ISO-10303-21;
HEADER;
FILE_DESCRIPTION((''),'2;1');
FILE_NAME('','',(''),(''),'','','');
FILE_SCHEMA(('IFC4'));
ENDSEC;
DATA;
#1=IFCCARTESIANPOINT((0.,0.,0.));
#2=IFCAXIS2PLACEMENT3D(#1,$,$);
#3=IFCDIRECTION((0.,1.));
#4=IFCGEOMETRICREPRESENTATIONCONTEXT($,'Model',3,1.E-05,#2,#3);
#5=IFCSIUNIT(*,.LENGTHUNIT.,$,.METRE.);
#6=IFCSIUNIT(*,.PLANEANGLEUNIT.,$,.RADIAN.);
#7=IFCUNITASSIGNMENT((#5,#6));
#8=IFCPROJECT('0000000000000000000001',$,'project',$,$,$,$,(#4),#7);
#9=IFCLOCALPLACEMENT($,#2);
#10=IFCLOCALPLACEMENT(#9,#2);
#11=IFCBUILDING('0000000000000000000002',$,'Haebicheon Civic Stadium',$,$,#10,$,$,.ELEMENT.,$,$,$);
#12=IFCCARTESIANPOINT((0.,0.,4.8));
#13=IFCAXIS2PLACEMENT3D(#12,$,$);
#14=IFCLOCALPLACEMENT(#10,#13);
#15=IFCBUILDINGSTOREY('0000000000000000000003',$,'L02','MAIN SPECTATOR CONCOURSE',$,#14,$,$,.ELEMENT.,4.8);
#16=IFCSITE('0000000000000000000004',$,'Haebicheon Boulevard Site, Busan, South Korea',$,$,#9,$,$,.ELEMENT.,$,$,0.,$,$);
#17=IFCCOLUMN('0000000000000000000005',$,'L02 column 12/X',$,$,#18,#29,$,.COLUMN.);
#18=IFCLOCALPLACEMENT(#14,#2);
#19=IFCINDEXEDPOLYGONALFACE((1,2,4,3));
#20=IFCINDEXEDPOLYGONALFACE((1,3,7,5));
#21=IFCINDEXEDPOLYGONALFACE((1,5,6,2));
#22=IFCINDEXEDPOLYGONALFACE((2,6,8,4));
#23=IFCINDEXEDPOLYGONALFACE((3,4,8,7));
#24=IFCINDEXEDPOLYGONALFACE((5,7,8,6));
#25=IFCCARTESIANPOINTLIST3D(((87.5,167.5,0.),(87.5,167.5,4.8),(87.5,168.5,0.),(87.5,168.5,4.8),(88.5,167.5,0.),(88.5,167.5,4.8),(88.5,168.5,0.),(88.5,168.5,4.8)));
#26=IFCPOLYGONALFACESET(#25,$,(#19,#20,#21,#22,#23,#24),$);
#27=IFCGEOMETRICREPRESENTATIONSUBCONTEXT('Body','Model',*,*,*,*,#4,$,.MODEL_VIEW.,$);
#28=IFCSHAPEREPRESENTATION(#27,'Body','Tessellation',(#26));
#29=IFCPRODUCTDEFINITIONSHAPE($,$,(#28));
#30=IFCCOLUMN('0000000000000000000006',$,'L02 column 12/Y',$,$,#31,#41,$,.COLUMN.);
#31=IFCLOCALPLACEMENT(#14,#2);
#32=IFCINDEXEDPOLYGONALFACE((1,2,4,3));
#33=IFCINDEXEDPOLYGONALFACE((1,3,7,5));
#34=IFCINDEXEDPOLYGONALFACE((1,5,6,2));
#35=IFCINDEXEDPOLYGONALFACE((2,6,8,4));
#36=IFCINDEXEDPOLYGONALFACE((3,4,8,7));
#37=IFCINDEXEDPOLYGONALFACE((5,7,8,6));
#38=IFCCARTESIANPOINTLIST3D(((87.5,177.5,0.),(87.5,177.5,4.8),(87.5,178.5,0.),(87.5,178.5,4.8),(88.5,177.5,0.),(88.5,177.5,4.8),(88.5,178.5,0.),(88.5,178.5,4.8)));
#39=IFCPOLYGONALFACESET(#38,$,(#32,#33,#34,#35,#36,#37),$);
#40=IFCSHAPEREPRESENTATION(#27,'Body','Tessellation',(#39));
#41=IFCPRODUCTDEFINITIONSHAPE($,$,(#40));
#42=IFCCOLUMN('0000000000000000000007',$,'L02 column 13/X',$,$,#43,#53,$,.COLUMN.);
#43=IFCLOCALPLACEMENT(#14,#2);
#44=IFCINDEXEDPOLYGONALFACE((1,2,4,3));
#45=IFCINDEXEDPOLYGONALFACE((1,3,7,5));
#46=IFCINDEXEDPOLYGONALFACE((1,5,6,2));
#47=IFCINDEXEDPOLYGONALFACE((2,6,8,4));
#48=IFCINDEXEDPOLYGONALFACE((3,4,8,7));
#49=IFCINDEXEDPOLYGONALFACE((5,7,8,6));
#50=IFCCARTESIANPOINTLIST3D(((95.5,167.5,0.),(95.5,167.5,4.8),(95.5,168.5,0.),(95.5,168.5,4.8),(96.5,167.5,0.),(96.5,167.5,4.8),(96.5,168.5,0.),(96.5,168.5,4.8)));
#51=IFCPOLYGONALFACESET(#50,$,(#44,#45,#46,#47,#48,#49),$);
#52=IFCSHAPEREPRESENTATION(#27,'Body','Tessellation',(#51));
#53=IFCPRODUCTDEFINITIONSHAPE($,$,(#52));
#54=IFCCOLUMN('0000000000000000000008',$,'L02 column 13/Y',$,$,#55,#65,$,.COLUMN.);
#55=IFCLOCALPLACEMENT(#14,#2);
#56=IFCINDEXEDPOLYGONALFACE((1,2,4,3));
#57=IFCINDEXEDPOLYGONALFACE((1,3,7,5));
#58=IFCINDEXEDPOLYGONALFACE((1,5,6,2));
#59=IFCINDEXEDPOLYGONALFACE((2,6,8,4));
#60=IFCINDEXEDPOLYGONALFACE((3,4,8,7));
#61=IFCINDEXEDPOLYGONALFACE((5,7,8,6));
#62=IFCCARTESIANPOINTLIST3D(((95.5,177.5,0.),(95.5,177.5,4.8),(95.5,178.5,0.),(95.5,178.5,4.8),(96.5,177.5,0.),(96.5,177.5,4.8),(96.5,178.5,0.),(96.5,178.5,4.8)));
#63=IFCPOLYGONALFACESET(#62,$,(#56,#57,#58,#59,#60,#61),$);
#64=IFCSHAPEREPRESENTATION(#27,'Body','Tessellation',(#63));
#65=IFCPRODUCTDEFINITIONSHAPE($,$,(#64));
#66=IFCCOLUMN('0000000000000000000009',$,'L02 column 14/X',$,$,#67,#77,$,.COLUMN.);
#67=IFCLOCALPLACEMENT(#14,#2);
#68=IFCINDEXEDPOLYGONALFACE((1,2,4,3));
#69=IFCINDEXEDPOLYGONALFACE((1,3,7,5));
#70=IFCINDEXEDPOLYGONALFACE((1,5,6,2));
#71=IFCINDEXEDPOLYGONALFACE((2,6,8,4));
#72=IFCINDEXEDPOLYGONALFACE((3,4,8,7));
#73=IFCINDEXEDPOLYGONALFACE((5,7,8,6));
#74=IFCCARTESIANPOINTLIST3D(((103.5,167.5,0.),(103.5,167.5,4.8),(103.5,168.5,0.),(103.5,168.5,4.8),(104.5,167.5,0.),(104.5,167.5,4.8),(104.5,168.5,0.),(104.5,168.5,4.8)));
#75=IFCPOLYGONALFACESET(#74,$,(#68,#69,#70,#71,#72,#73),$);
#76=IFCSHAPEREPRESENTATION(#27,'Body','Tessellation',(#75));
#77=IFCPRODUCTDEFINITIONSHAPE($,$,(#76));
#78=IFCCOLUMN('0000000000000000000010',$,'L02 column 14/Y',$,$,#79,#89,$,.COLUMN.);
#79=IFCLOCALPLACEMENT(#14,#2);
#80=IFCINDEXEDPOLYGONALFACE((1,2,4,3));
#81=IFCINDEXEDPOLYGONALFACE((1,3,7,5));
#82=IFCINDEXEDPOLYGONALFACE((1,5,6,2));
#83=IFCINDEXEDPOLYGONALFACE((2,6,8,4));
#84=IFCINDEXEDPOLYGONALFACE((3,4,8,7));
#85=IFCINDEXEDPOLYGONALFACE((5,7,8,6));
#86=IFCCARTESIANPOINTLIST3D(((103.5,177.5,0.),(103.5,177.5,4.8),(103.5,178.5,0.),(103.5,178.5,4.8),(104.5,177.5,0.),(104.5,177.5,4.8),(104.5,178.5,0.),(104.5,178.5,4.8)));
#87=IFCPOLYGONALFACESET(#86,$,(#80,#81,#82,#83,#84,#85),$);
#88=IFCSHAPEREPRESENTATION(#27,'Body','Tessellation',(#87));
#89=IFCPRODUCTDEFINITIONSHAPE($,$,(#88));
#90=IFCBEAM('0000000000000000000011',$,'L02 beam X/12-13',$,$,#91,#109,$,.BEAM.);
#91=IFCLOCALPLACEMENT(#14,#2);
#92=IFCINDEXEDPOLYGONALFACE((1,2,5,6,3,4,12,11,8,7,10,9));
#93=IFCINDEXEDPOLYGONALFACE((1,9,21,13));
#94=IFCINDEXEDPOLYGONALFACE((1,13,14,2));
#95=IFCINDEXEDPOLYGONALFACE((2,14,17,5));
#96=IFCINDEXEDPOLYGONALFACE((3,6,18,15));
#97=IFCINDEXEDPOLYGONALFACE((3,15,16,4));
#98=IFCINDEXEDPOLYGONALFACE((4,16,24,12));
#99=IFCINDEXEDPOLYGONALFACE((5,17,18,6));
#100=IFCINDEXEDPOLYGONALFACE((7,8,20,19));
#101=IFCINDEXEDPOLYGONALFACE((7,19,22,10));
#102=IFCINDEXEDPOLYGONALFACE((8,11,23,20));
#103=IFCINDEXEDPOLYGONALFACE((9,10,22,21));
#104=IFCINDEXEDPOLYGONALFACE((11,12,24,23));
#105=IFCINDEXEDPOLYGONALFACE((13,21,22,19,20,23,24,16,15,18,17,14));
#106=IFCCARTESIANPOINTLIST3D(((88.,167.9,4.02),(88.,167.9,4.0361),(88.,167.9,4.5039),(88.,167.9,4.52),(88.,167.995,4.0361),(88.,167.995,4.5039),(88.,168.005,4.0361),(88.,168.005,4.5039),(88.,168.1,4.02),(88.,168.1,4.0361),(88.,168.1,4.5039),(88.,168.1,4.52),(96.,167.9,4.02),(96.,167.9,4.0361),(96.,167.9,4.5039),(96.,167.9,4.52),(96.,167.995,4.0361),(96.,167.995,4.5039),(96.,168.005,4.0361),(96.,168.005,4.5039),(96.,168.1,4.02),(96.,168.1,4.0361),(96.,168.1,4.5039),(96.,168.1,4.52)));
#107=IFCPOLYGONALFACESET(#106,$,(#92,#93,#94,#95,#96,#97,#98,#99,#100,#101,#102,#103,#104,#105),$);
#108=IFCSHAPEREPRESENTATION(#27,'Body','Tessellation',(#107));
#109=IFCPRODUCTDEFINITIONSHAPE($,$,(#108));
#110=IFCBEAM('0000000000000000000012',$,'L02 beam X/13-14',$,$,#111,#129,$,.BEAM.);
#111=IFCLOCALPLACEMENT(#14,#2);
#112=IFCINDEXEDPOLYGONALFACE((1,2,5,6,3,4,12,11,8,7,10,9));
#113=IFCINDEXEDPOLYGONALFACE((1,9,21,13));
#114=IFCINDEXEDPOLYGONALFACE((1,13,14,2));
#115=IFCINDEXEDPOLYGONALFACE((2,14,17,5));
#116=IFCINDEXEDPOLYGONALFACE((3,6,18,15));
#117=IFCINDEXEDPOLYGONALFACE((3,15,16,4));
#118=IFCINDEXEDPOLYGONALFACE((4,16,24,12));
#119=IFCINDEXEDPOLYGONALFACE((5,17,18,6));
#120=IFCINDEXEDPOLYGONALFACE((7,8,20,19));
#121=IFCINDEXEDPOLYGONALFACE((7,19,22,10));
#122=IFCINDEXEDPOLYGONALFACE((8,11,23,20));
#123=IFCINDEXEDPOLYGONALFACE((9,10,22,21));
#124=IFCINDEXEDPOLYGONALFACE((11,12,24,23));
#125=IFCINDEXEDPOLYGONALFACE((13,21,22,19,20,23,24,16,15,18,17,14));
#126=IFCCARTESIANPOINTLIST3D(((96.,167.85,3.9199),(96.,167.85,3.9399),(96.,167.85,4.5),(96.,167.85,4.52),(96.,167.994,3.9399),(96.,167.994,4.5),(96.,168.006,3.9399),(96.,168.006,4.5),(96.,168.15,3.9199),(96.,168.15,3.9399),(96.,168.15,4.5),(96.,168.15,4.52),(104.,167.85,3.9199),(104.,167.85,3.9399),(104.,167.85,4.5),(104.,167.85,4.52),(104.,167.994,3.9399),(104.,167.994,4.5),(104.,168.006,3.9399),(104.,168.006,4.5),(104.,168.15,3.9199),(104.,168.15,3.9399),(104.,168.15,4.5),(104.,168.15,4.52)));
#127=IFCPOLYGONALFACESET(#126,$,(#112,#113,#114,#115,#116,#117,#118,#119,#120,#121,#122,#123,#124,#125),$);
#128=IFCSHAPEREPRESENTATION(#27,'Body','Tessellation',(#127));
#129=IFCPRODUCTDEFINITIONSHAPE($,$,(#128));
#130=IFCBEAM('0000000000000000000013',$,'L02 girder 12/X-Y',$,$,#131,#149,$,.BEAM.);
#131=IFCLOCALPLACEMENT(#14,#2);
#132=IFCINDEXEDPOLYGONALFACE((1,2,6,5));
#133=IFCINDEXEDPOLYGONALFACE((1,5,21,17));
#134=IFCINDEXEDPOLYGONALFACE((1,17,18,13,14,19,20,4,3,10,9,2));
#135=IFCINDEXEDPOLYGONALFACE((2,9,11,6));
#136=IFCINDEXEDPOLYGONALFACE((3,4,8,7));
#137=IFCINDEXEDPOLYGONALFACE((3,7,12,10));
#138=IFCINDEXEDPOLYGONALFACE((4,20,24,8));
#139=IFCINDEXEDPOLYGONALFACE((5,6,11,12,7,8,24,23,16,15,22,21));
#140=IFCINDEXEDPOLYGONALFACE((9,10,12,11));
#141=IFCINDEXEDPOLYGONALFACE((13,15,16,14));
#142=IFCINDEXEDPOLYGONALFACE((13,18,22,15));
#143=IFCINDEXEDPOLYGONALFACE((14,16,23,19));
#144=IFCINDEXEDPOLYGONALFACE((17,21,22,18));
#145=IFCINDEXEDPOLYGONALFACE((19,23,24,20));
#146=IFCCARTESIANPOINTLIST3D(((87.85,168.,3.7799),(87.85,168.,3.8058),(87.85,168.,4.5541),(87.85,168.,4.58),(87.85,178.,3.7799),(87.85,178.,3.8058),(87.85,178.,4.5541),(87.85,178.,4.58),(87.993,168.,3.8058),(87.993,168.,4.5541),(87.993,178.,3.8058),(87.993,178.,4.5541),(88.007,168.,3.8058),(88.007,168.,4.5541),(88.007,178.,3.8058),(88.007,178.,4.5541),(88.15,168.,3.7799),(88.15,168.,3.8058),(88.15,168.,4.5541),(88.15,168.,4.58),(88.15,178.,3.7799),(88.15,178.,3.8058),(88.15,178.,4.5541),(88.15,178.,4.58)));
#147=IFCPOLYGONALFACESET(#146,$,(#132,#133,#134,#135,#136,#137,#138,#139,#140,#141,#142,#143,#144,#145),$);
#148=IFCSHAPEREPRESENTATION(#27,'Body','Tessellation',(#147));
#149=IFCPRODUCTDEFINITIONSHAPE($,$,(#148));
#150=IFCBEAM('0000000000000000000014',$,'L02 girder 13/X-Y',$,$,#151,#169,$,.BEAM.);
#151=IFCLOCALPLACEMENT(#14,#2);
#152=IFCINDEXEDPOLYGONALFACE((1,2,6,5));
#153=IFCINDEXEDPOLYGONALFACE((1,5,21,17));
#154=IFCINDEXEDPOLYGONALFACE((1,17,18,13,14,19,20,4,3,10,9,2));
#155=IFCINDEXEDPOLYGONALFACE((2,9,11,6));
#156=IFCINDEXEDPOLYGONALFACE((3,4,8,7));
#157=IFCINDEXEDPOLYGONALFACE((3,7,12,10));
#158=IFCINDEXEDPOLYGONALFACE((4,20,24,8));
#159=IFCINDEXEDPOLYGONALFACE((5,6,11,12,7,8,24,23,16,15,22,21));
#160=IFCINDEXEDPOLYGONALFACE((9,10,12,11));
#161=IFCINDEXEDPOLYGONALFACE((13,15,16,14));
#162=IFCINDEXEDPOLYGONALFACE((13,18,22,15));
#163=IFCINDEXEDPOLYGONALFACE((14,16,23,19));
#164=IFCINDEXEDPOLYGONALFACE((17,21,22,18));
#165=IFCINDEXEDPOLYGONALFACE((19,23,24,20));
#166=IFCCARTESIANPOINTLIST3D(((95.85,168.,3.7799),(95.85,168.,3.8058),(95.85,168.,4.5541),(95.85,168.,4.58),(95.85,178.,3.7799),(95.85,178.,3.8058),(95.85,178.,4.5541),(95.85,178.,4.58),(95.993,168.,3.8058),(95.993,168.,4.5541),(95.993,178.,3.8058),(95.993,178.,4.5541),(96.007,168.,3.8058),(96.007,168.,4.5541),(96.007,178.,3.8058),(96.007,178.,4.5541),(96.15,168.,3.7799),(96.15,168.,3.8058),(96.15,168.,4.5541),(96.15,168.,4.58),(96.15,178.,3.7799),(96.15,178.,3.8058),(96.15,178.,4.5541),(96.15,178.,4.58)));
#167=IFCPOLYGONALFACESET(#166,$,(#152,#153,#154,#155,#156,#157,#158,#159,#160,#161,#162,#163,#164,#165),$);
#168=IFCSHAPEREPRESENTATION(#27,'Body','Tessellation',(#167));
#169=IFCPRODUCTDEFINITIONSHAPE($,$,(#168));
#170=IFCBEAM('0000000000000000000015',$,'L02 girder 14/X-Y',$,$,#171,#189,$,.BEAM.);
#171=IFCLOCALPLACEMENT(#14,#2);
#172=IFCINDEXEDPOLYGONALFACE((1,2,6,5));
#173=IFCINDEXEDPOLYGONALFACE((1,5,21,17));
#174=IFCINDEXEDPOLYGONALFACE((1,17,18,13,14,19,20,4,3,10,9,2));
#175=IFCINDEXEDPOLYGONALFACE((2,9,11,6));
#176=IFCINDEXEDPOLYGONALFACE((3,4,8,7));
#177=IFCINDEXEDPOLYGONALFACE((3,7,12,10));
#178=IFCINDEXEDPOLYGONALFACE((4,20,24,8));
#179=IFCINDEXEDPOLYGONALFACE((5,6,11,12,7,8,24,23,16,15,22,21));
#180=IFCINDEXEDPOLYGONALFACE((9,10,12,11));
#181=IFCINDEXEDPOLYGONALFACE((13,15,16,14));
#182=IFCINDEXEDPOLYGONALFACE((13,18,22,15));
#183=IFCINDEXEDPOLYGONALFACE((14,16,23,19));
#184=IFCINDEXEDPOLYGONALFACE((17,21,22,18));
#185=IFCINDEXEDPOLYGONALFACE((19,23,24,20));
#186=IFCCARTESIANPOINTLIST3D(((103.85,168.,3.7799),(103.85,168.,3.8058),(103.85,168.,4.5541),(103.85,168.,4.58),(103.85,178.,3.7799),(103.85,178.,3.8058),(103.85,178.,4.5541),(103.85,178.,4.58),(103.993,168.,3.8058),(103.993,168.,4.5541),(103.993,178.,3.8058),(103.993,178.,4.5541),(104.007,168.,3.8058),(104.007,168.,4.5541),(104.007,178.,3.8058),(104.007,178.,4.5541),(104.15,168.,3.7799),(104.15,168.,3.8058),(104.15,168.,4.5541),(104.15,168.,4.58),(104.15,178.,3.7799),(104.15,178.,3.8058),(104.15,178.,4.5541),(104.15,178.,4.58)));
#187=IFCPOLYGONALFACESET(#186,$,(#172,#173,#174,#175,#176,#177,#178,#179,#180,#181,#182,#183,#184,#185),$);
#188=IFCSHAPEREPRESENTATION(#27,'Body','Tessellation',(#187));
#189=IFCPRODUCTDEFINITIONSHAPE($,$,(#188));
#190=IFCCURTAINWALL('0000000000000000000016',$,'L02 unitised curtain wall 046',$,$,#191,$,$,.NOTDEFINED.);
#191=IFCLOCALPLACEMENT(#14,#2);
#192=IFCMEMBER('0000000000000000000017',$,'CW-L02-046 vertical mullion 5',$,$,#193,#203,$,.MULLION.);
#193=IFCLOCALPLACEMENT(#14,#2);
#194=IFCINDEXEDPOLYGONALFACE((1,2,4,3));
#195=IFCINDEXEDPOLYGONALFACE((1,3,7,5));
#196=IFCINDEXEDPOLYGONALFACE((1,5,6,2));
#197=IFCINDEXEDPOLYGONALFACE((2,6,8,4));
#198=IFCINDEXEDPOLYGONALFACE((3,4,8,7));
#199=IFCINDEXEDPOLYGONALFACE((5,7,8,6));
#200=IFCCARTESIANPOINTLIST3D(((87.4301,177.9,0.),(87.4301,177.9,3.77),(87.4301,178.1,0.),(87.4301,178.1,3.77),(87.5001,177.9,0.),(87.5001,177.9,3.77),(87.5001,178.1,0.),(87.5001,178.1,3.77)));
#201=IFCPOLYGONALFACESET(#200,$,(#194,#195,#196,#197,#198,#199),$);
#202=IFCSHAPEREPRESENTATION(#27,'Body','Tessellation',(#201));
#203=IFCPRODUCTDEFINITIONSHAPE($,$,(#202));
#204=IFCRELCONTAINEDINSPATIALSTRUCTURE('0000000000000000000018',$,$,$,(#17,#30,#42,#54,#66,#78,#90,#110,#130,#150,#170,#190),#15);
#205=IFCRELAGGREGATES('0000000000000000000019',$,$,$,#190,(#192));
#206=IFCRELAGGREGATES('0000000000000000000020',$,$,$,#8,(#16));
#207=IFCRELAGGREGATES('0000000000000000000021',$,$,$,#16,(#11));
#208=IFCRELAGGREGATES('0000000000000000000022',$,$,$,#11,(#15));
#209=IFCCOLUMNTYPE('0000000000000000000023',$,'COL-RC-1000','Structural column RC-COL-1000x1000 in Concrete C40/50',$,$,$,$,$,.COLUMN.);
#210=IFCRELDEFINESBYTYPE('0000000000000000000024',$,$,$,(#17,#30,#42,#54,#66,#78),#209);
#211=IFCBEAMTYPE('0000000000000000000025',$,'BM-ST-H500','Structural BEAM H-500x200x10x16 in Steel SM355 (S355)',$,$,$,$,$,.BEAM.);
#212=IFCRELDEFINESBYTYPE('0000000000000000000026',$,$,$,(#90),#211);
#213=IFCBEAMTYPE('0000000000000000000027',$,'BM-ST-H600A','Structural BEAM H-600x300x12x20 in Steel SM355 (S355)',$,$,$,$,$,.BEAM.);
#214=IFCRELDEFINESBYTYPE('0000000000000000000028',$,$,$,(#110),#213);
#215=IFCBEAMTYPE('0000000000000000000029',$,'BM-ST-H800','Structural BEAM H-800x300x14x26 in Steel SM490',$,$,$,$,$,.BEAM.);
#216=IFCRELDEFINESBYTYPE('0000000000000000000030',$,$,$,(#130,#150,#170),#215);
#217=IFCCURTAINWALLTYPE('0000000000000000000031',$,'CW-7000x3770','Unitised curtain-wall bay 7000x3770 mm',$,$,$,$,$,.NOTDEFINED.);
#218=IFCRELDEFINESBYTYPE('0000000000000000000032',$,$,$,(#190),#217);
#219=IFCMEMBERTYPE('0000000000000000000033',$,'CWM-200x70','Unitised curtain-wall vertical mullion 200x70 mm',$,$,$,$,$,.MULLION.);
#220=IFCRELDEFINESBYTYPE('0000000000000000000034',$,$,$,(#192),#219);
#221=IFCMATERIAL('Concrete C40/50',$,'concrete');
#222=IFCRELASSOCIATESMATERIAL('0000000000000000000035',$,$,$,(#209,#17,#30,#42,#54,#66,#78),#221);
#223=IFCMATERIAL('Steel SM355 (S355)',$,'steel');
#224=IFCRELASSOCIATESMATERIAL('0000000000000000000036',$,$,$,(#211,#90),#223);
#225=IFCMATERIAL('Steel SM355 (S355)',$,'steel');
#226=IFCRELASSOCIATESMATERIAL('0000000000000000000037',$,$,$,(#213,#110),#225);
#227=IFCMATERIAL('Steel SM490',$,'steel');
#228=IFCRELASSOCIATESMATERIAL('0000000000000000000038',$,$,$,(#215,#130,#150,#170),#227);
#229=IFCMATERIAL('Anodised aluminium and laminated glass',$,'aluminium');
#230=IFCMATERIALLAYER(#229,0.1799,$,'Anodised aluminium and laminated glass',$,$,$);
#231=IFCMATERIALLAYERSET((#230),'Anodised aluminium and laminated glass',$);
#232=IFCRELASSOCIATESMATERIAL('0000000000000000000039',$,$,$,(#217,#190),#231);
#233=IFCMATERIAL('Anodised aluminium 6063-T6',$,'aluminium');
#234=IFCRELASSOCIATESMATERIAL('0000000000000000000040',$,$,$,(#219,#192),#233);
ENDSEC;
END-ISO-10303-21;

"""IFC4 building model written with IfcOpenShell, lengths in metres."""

from ifc_helpers import new_model, si_unit, direction, frame, origin, origin_2d, place, context, subcontext, project, spatial, rectangle, i_section, extrude, material, layer, layer_set, material_profile, profile_set, type_object, element, aggregate, save


model = new_model("IFC4")

# Units and contexts
model_context = context("Model", 3, precision=1e-05, world=origin(), true_north=direction((0.0, 1.0)))
body_context = subcontext(model_context, "Body", "Model", "MODEL_VIEW")
ifc_project = project(units=[si_unit("LENGTHUNIT", "METRE"), si_unit("PLANEANGLEUNIT", "RADIAN")], contexts=[model_context])

# Site, building, storey
site_placement = place(None, origin())
site = spatial("IfcSite", under=ifc_project, at=site_placement, Name="Haebicheon Boulevard Site, Busan, South Korea", CompositionType="ELEMENT", RefElevation=0.0)
building_placement = place(site_placement, origin())
building = spatial("IfcBuilding", under=site, at=building_placement, Name="Haebicheon Civic Stadium", CompositionType="ELEMENT")
storey_placement = place(building_placement, frame((0.0, 0.0, 4.8)))
storey = spatial("IfcBuildingStorey", under=building, at=storey_placement, Name="L02", Description="MAIN SPECTATOR CONCOURSE", CompositionType="ELEMENT", Elevation=4.8)

# Columns
ifc_material_1 = material(Name="Concrete C40/50", Category="concrete")
ifc_material_profile_1 = material_profile(ifc_material_1, rectangle(XDim=1.0, YDim=1.0, at=origin_2d()), Name="RC-COL-1000x1000")
ifc_profile_set_1 = profile_set([ifc_material_profile_1], Name="Concrete C40/50")
column_type = type_object("IfcColumnType", Name="COL-RC-1000", Description="Structural column RC-COL-1000x1000 in Concrete C40/50", PredefinedType="COLUMN", material=ifc_profile_set_1)
for number, where, z_axis, x_axis, name in (
    (1, (88.0, 168.0, 0.0), (0.0, 0.0, 1.0), (1.0, 0.0, 0.0), "L02 column 12/X"),
    (2, (88.0, 178.0, 0.0), (0.0, 0.0, 1.0), (1.0, 0.0, 0.0), "L02 column 12/Y"),
    (3, (96.0, 168.0, 0.0), (0.0, 0.0, 1.0), (1.0, 0.0, 0.0), "L02 column 13/X"),
    (4, (96.0, 178.0, 0.0), (0.0, 0.0, 1.0), (1.0, 0.0, 0.0), "L02 column 13/Y"),
    (5, (104.0, 168.0, 0.0), (0.0, 0.0, 1.0), (1.0, 0.0, 0.0), "L02 column 14/X"),
    (6, (104.0, 178.0, 0.0), (0.0, 0.0, 1.0), (1.0, 0.0, 0.0), "L02 column 14/Y"),
):
    element("IfcColumn", number, at=place(storey_placement, frame(where, z_axis=z_axis, x_axis=x_axis)), inside=storey, type_object=column_type, material=ifc_profile_set_1, Name=name, PredefinedType="COLUMN", context=body_context, shape_type="SweptSolid", body=[
        extrude(rectangle(XDim=1.0, YDim=1.0, at=origin_2d()), origin(), (0.0, 0.0, 1.0), 4.8),
    ])

# Beams
ifc_material_2 = material(Name="Steel SM355 (S355)", Category="steel")
ifc_material_profile_2 = material_profile(ifc_material_2, i_section(OverallWidth=0.2, OverallDepth=0.5, WebThickness=0.01, FlangeThickness=0.0161, at=origin_2d()), Name="H-500x200x10x16")
ifc_profile_set_2 = profile_set([ifc_material_profile_2], Name="Steel SM355 (S355)")
beam_type_1 = type_object("IfcBeamType", Name="BM-ST-H500", Description="Structural BEAM H-500x200x10x16 in Steel SM355 (S355)", PredefinedType="BEAM", material=ifc_profile_set_2)
beam_1_placement = place(storey_placement, frame((88.0, 168.0, 4.27), z_axis=(1.0, 0.0, 0.0), x_axis=(0.0, 1.0, 0.0)))
element("IfcBeam", 7, at=beam_1_placement, inside=storey, type_object=beam_type_1, material=ifc_profile_set_2, Name="L02 beam X/12-13", PredefinedType="BEAM", context=body_context, shape_type="SweptSolid", body=[
    extrude(i_section(OverallWidth=0.2, OverallDepth=0.5, WebThickness=0.01, FlangeThickness=0.0161, at=origin_2d()), origin(), (0.0, 0.0, 1.0), 8.0),
])
ifc_material_3 = material(Name="Steel SM355 (S355)", Category="steel")
ifc_material_profile_3 = material_profile(ifc_material_3, i_section(OverallWidth=0.3, OverallDepth=0.6001, WebThickness=0.012, FlangeThickness=0.02, at=origin_2d()), Name="H-600x300x12x20")
ifc_profile_set_3 = profile_set([ifc_material_profile_3], Name="Steel SM355 (S355)")
beam_type_2 = type_object("IfcBeamType", Name="BM-ST-H600A", Description="Structural BEAM H-600x300x12x20 in Steel SM355 (S355)", PredefinedType="BEAM", material=ifc_profile_set_3)
beam_2_placement = place(storey_placement, frame((96.0, 168.0, 4.22), z_axis=(1.0, 0.0, 0.0), x_axis=(0.0, 1.0, 0.0)))
element("IfcBeam", 8, at=beam_2_placement, inside=storey, type_object=beam_type_2, material=ifc_profile_set_3, Name="L02 beam X/13-14", PredefinedType="BEAM", context=body_context, shape_type="SweptSolid", body=[
    extrude(i_section(OverallWidth=0.3, OverallDepth=0.6001, WebThickness=0.012, FlangeThickness=0.02, at=origin_2d()), origin(), (0.0, 0.0, 1.0), 8.0),
])
ifc_material_4 = material(Name="Steel SM490", Category="steel")
ifc_material_profile_4 = material_profile(ifc_material_4, i_section(OverallWidth=0.3, OverallDepth=0.8, WebThickness=0.0139, FlangeThickness=0.0259, at=origin_2d()), Name="H-800x300x14x26")
ifc_profile_set_4 = profile_set([ifc_material_profile_4], Name="Steel SM490")
beam_type_3 = type_object("IfcBeamType", Name="BM-ST-H800", Description="Structural BEAM H-800x300x14x26 in Steel SM490", PredefinedType="BEAM", material=ifc_profile_set_4)
for number, where, z_axis, x_axis, name in (
    (9, (88.0, 168.0, 4.1799), (0.0, 1.0, 0.0), (-1.0, 0.0, 0.0), "L02 girder 12/X-Y"),
    (10, (96.0, 168.0, 4.1799), (0.0, 1.0, 0.0), (-1.0, 0.0, 0.0), "L02 girder 13/X-Y"),
    (11, (104.0, 168.0, 4.1799), (0.0, 1.0, 0.0), (-1.0, 0.0, 0.0), "L02 girder 14/X-Y"),
):
    element("IfcBeam", number, at=place(storey_placement, frame(where, z_axis=z_axis, x_axis=x_axis)), inside=storey, type_object=beam_type_3, material=ifc_profile_set_4, Name=name, PredefinedType="BEAM", context=body_context, shape_type="SweptSolid", body=[
        extrude(i_section(OverallWidth=0.3, OverallDepth=0.8, WebThickness=0.0139, FlangeThickness=0.0259, at=origin_2d()), origin(), (0.0, 0.0, 1.0), 10.0),
    ])

# Curtain wall, member
ifc_material_5 = material(Name="Anodised aluminium and laminated glass", Category="aluminium")
ifc_layer_1 = layer(ifc_material_5, 0.1799, Name="Anodised aluminium and laminated glass")
ifc_layer_set_1 = layer_set([ifc_layer_1], Name="Anodised aluminium and laminated glass")
curtain_wall_type = type_object("IfcCurtainWallType", Name="CW-7000x3770", Description="Unitised curtain-wall bay 7000x3770 mm", PredefinedType="NOTDEFINED", material=ifc_layer_set_1)
curtain_wall_placement = place(storey_placement, origin())
curtain_wall = element("IfcCurtainWall", 12, at=curtain_wall_placement, inside=storey, type_object=curtain_wall_type, material=ifc_layer_set_1, Name="L02 unitised curtain wall 046", PredefinedType="NOTDEFINED")
ifc_material_6 = material(Name="Anodised aluminium 6063-T6", Category="aluminium")
ifc_material_profile_5 = material_profile(ifc_material_6, rectangle(XDim=0.0701, YDim=0.2, at=origin_2d()), Name="ALU-MULL-70x200")
ifc_profile_set_5 = profile_set([ifc_material_profile_5], Name="Anodised aluminium 6063-T6")
member_type_1 = type_object("IfcMemberType", Name="CWM-200x70", Description="Unitised curtain-wall vertical mullion 200x70 mm", PredefinedType="MULLION", material=ifc_profile_set_5)
member_1_placement = place(storey_placement, frame((87.4651, 178.0, 0.0), z_axis=(0.0, 0.0, 1.0), x_axis=(1.0, 0.0, 0.0)))
member_1 = element("IfcMember", 13, at=member_1_placement, type_object=member_type_1, material=ifc_profile_set_5, Name="CW-L02-046 vertical mullion 5", PredefinedType="MULLION", context=body_context, shape_type="SweptSolid", body=[
    extrude(rectangle(XDim=0.0701, YDim=0.2, at=origin_2d()), origin(), (0.0, 0.0, 1.0), 3.77),
])

aggregate(curtain_wall, [member_1])

save(model, "model.ifc")
